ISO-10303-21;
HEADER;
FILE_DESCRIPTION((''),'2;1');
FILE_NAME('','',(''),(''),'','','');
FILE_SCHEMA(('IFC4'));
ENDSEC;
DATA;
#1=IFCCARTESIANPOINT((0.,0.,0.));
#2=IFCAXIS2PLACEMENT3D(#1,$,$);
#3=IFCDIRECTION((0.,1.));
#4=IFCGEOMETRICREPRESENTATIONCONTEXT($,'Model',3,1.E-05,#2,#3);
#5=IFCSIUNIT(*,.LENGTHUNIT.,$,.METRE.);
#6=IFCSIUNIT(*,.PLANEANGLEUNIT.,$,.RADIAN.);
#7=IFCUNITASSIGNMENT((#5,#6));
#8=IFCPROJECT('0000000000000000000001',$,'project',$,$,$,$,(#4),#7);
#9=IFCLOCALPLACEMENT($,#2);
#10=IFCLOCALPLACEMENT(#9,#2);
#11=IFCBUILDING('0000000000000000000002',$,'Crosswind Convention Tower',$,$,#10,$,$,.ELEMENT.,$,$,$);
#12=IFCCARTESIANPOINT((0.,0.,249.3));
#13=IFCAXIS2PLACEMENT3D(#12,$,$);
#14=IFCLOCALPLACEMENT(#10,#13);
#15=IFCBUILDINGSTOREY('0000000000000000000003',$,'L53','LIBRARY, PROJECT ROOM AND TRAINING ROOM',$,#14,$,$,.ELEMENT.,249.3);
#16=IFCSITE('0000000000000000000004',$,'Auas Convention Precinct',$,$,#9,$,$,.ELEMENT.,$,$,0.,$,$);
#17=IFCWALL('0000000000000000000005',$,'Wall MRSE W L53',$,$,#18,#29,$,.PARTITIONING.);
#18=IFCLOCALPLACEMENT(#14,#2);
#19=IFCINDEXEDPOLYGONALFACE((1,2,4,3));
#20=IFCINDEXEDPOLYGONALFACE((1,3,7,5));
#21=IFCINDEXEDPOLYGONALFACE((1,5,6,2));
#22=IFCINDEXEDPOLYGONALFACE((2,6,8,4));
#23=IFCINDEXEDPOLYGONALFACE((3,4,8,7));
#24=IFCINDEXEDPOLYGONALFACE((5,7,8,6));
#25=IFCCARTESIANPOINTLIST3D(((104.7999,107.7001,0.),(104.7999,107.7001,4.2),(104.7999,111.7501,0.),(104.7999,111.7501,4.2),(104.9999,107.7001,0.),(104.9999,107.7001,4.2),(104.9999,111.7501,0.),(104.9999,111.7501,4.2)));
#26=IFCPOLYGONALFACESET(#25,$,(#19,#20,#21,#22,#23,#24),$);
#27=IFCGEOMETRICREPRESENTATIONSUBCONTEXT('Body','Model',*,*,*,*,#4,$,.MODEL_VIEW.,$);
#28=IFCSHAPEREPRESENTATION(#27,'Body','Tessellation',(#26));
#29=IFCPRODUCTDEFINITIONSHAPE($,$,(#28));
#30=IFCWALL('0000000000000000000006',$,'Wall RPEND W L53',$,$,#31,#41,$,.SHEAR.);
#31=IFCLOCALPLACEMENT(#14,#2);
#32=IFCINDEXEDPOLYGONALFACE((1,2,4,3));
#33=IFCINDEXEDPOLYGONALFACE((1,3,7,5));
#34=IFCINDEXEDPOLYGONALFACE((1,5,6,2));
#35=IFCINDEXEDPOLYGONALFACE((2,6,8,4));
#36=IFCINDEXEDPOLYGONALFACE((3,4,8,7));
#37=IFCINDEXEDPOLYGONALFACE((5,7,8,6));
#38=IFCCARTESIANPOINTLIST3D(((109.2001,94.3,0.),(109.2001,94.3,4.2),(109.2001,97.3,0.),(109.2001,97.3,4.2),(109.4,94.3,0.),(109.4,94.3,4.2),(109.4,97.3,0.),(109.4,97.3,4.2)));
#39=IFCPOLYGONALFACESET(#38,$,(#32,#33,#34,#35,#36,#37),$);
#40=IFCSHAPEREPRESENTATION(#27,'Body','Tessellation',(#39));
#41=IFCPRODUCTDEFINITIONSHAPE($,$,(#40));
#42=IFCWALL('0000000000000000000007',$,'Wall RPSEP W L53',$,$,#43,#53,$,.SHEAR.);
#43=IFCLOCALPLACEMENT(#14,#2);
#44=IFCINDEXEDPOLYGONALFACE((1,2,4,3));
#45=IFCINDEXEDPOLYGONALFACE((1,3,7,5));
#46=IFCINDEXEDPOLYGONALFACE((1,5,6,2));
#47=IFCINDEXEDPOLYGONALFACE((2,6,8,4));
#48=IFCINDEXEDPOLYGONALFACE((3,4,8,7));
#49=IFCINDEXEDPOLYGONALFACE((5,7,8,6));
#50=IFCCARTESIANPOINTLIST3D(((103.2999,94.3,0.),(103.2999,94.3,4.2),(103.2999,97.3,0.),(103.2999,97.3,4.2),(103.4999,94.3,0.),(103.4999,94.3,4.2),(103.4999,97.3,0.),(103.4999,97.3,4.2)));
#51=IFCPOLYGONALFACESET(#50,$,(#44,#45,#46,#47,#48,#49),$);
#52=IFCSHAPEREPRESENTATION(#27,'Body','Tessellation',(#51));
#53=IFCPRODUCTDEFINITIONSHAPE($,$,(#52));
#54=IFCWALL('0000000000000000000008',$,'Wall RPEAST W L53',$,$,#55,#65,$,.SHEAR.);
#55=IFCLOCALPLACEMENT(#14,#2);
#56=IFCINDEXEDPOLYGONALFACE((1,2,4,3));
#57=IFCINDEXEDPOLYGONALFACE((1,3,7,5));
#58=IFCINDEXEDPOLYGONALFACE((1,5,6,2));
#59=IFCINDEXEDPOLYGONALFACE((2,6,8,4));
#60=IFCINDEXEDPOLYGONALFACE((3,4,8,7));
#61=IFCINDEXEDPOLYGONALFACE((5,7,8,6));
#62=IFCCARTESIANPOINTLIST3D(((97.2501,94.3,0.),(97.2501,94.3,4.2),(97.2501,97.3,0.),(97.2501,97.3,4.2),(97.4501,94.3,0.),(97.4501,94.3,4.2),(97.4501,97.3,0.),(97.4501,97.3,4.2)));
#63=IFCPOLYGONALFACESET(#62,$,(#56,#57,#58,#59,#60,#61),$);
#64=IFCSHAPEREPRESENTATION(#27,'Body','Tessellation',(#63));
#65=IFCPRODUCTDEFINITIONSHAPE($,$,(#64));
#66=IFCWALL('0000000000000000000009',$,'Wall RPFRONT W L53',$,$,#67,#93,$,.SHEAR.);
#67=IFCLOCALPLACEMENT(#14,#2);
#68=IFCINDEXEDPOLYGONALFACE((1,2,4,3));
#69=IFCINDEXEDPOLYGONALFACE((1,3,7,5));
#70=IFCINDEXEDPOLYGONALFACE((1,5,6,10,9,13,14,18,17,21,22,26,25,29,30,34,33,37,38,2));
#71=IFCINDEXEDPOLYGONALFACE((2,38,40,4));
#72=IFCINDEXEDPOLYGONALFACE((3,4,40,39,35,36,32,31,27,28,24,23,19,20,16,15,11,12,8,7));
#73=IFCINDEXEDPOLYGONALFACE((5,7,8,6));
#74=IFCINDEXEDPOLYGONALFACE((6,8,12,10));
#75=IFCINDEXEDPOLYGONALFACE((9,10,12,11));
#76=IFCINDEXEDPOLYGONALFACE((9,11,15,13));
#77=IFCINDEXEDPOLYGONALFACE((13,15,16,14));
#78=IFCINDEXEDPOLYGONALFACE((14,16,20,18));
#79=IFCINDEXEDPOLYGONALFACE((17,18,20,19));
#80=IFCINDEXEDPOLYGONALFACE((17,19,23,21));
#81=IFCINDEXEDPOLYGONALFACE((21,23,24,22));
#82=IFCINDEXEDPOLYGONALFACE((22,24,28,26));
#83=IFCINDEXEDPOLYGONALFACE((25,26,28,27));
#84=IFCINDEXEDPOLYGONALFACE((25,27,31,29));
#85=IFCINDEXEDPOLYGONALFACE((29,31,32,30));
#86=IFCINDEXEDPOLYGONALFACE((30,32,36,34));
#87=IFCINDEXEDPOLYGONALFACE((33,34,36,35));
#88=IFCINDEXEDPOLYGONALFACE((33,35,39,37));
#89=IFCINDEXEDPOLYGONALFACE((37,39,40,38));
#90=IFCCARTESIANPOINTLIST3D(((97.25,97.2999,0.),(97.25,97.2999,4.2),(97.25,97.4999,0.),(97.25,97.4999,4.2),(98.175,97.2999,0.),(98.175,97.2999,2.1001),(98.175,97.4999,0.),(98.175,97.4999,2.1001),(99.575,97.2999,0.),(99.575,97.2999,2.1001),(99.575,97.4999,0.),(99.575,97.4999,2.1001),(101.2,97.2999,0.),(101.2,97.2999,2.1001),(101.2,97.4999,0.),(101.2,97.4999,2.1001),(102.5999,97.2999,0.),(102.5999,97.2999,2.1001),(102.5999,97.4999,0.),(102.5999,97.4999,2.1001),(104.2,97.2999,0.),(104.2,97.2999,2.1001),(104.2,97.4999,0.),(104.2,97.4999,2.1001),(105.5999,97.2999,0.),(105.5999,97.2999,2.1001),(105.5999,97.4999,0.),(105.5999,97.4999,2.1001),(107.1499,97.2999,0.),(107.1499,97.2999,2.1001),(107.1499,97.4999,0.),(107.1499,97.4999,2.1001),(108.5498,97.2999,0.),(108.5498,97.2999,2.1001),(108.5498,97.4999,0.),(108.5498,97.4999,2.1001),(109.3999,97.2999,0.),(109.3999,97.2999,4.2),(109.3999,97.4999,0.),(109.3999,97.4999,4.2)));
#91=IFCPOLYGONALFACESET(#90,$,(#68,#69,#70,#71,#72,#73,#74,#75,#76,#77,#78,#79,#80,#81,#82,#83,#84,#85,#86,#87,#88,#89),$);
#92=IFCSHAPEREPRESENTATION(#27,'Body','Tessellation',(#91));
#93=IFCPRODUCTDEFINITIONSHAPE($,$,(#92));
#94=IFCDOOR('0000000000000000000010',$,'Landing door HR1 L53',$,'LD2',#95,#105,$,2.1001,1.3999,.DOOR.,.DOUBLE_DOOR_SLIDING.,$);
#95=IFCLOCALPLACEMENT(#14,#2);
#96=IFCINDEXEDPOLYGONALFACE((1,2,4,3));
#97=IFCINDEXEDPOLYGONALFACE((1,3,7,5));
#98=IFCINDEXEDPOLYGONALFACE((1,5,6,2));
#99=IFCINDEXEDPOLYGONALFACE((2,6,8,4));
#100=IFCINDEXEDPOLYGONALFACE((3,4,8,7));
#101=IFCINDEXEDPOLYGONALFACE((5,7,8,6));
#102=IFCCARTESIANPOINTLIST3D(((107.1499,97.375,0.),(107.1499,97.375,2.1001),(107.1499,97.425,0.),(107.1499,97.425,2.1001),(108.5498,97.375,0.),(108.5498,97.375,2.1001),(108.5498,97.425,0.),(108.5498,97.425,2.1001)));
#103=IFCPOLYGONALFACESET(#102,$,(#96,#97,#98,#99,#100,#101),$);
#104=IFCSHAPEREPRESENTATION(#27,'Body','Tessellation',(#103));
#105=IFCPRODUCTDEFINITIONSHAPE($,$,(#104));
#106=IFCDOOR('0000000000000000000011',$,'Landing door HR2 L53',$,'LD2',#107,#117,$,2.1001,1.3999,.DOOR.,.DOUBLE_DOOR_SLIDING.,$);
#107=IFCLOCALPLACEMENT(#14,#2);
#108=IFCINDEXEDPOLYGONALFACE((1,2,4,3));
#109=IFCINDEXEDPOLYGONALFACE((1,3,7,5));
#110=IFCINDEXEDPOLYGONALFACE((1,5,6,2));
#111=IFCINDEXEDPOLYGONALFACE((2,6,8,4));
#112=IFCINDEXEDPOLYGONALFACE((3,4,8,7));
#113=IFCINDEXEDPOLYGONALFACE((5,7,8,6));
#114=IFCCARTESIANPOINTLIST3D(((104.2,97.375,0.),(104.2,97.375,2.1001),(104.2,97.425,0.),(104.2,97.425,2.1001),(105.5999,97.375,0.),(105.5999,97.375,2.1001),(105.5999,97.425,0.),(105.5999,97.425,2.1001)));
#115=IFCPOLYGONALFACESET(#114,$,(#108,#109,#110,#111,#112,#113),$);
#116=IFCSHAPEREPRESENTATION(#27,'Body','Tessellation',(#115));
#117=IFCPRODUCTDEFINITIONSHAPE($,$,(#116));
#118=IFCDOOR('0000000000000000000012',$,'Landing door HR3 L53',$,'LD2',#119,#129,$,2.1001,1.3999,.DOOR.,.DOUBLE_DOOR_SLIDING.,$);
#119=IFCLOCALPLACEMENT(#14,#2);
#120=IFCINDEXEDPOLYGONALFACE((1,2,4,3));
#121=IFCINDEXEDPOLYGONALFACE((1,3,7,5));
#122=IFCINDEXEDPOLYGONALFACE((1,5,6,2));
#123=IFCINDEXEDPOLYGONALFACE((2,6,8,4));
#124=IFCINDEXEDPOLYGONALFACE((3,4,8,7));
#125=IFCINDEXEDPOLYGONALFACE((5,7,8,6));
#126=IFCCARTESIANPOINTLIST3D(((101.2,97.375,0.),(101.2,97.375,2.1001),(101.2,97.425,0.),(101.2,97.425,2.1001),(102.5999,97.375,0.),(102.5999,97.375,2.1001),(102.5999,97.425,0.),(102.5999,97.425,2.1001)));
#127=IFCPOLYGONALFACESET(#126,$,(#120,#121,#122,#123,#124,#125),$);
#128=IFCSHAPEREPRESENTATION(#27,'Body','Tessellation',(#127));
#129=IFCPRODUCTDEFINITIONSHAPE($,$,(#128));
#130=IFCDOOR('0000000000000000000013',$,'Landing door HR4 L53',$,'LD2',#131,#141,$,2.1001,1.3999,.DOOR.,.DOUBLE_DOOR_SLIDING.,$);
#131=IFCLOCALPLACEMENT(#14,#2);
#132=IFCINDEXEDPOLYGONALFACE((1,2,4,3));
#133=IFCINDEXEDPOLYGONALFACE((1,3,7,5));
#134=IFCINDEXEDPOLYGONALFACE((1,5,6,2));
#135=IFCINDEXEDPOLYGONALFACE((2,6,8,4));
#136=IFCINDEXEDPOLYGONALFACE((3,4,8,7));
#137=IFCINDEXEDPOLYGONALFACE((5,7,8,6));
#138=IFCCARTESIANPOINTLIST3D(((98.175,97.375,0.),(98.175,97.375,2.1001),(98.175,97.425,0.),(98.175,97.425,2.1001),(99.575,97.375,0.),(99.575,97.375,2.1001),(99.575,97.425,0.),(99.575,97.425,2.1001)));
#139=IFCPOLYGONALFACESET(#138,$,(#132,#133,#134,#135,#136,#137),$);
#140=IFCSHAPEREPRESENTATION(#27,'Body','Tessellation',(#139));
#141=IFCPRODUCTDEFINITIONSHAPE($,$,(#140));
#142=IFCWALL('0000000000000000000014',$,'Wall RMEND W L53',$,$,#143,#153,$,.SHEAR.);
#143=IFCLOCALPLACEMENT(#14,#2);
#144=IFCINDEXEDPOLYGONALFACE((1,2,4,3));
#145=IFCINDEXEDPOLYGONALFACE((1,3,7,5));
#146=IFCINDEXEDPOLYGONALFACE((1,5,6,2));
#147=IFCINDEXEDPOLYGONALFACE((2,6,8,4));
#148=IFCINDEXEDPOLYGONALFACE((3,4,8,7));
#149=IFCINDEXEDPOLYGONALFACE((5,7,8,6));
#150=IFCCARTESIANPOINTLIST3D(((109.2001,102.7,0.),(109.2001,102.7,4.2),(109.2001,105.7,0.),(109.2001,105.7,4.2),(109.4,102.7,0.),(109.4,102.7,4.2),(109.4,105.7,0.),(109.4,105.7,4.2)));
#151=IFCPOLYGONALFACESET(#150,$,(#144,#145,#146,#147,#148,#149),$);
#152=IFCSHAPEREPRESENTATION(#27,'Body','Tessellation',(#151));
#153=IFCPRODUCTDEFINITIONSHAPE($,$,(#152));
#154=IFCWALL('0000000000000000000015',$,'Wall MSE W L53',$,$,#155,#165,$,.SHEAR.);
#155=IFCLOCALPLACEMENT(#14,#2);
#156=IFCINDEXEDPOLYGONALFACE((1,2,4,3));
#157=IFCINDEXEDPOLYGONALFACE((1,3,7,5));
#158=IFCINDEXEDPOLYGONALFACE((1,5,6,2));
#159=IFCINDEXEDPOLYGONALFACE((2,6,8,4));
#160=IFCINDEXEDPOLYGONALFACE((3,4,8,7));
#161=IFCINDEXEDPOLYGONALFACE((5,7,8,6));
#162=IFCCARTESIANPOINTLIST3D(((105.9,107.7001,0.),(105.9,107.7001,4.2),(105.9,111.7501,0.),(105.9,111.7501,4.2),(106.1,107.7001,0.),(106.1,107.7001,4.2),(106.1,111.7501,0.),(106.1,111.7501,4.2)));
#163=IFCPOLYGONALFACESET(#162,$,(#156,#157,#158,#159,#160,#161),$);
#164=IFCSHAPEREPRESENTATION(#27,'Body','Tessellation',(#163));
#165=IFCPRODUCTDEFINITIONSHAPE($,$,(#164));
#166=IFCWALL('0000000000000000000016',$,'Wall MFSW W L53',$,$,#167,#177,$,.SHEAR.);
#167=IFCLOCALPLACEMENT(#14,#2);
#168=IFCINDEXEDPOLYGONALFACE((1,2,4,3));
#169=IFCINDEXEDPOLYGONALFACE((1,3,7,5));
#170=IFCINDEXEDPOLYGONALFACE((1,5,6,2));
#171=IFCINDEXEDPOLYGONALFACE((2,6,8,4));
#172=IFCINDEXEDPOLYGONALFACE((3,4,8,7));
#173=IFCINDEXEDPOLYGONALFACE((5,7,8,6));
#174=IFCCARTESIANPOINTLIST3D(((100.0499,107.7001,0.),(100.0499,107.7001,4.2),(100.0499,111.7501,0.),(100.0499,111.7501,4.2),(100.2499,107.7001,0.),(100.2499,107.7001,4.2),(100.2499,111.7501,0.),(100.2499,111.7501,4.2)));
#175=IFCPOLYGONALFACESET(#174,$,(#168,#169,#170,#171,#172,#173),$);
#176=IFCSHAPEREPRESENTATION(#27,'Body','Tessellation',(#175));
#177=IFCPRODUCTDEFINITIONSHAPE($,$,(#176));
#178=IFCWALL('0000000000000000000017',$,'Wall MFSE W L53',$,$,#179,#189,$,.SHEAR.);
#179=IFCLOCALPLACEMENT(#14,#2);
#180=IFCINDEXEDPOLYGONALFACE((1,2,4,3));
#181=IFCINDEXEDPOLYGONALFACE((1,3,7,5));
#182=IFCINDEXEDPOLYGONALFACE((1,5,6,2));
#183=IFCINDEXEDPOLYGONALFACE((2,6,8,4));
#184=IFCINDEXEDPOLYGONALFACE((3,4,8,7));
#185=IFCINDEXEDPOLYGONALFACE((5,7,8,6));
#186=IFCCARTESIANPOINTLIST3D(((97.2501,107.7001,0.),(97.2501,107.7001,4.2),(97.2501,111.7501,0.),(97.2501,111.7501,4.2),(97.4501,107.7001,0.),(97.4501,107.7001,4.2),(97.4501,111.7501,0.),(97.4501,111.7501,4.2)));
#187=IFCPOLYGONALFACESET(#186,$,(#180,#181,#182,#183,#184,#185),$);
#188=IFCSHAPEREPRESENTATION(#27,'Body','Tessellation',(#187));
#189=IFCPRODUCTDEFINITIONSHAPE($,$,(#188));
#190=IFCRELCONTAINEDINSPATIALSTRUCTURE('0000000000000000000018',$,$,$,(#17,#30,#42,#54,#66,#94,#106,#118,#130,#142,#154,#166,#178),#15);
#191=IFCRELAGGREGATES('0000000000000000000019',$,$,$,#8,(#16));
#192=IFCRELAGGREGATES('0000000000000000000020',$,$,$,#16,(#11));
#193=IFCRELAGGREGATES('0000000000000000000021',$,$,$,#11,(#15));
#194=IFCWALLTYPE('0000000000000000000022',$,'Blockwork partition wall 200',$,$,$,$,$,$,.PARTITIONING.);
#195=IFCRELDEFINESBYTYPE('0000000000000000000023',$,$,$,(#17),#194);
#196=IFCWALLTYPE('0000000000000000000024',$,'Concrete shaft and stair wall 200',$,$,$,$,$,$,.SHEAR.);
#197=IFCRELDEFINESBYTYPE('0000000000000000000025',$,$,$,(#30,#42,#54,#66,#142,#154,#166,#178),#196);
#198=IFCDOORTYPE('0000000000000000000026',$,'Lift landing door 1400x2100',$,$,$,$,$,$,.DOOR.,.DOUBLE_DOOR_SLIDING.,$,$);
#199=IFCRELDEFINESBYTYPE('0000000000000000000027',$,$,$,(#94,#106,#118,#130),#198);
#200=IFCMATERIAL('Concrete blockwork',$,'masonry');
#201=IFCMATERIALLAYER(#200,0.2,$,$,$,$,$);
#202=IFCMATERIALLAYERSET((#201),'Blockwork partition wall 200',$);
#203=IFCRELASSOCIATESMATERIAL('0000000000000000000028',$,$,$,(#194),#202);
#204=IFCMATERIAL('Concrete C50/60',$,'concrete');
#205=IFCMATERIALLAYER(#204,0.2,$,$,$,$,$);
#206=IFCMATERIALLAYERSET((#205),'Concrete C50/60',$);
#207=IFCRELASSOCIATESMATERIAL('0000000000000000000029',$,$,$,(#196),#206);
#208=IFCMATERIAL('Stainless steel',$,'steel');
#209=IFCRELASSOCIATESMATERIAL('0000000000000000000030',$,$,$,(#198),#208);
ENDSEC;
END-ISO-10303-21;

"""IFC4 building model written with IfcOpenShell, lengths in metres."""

from ifc_helpers import new_model, si_unit, direction, frame, frame_2d, origin, place, context, subcontext, project, spatial, rectangle, extrude, material, layer, layer_set, type_object, element, fill, save


model = new_model("IFC4")

# Units and contexts
model_context = context("Model", 3, precision=1e-05, world=origin(), true_north=direction((0.0, 1.0)))
body_context = subcontext(model_context, "Body", "Model", "MODEL_VIEW")
ifc_project = project(units=[si_unit("LENGTHUNIT", "METRE"), si_unit("PLANEANGLEUNIT", "RADIAN")], contexts=[model_context])

# Site, building, storey
site_placement = place(None, origin())
site = spatial("IfcSite", under=ifc_project, at=site_placement, Name="Auas Convention Precinct", CompositionType="ELEMENT", RefElevation=0.0)
building_placement = place(site_placement, origin())
building = spatial("IfcBuilding", under=site, at=building_placement, Name="Crosswind Convention Tower", CompositionType="ELEMENT")
storey_placement = place(building_placement, frame((0.0, 0.0, 249.3)))
storey = spatial("IfcBuildingStorey", under=building, at=storey_placement, Name="L53", Description="LIBRARY, PROJECT ROOM AND TRAINING ROOM", CompositionType="ELEMENT", Elevation=249.3)

# Walls
ifc_material_1 = material(Name="Concrete blockwork", Category="masonry")
ifc_layer_1 = layer(ifc_material_1, 0.2)
ifc_layer_set_1 = layer_set([ifc_layer_1], Name="Blockwork partition wall 200")
wall_type_1 = type_object("IfcWallType", Name="Blockwork partition wall 200", PredefinedType="PARTITIONING", material=ifc_layer_set_1)
wall_1_placement = place(storey_placement, frame((104.8999, 111.75, 0.0), z_axis=(0.0, 0.0, 1.0), x_axis=(0.0, -1.0, 0.0)))
element("IfcWall", 1, at=wall_1_placement, inside=storey, type_object=wall_type_1, Name="Wall MRSE W L53", PredefinedType="PARTITIONING", context=body_context, shape_type="SweptSolid", body=[
    extrude(rectangle(XDim=4.05, YDim=0.2, at=frame_2d((2.0249, 0.0))), origin(), (0.0, 0.0, 1.0), 4.2),
])
ifc_material_2 = material(Name="Concrete C50/60", Category="concrete")
ifc_layer_2 = layer(ifc_material_2, 0.2)
ifc_layer_set_2 = layer_set([ifc_layer_2], Name="Concrete C50/60")
wall_type_2 = type_object("IfcWallType", Name="Concrete shaft and stair wall 200", PredefinedType="SHEAR", material=ifc_layer_set_2)
for number, where, z_axis, x_axis, name in (
    (2, (109.3, 97.3, 0.0), (0.0, 0.0, 1.0), (0.0, -1.0, 0.0), "Wall RPEND W L53"),
    (3, (103.3999, 97.3, 0.0), (0.0, 0.0, 1.0), (0.0, -1.0, 0.0), "Wall RPSEP W L53"),
    (4, (97.3501, 97.3, 0.0), (0.0, 0.0, 1.0), (0.0, -1.0, 0.0), "Wall RPEAST W L53"),
):
    element("IfcWall", number, at=place(storey_placement, frame(where, z_axis=z_axis, x_axis=x_axis)), inside=storey, type_object=wall_type_2, Name=name, PredefinedType="SHEAR", context=body_context, shape_type="SweptSolid", body=[
        extrude(rectangle(XDim=3.0, YDim=0.2, at=frame_2d((1.5, 0.0))), origin(), (0.0, 0.0, 1.0), 4.2),
    ])

# Wall, openings, doors
wall_2_placement = place(storey_placement, frame((109.3999, 97.3999, 0.0), z_axis=(0.0, 0.0, 1.0), x_axis=(-1.0, 0.0, 0.0)))
wall_2 = element("IfcWall", 5, at=wall_2_placement, inside=storey, type_object=wall_type_2, Name="Wall RPFRONT W L53", PredefinedType="SHEAR", context=body_context, shape_type="SweptSolid", body=[
    extrude(rectangle(XDim=12.1499, YDim=0.2, at=frame_2d((6.075, 0.0))), origin(), (0.0, 0.0, 1.0), 4.2),
])
opening_1_placement = place(wall_2_placement, frame((0.8501, 0.0, 0.0)))
opening_1 = element("IfcOpeningElement", 6, at=opening_1_placement, cuts=wall_2, PredefinedType="OPENING", context=body_context, shape_type="SweptSolid", body=[
    extrude(rectangle(XDim=1.3999, YDim=2.1001, at=frame_2d((0.7, 1.05))), frame((0.0, 0.1099, 0.0), z_axis=(0.0, -1.0, 0.0), x_axis=(1.0, 0.0, 0.0)), (0.0, 0.0, 1.0), 0.22),
])
opening_2_placement = place(wall_2_placement, frame((3.8, 0.0, 0.0)))
opening_2 = element("IfcOpeningElement", 7, at=opening_2_placement, cuts=wall_2, PredefinedType="OPENING", context=body_context, shape_type="SweptSolid", body=[
    extrude(rectangle(XDim=1.3999, YDim=2.1001, at=frame_2d((0.7, 1.05))), frame((0.0, 0.1099, 0.0), z_axis=(0.0, -1.0, 0.0), x_axis=(1.0, 0.0, 0.0)), (0.0, 0.0, 1.0), 0.22),
])
opening_3_placement = place(wall_2_placement, frame((6.8, 0.0, 0.0)))
opening_3 = element("IfcOpeningElement", 8, at=opening_3_placement, cuts=wall_2, PredefinedType="OPENING", context=body_context, shape_type="SweptSolid", body=[
    extrude(rectangle(XDim=1.3999, YDim=2.1001, at=frame_2d((0.7, 1.05))), frame((0.0, 0.1099, 0.0), z_axis=(0.0, -1.0, 0.0), x_axis=(1.0, 0.0, 0.0)), (0.0, 0.0, 1.0), 0.22),
])
opening_4_placement = place(wall_2_placement, frame((9.825, 0.0, 0.0)))
opening_4 = element("IfcOpeningElement", 9, at=opening_4_placement, cuts=wall_2, PredefinedType="OPENING", context=body_context, shape_type="SweptSolid", body=[
    extrude(rectangle(XDim=1.3999, YDim=2.1001, at=frame_2d((0.7, 1.05))), frame((0.0, 0.1099, 0.0), z_axis=(0.0, -1.0, 0.0), x_axis=(1.0, 0.0, 0.0)), (0.0, 0.0, 1.0), 0.22),
])
ifc_material_3 = material(Name="Stainless steel", Category="steel")
door_type_1 = type_object("IfcDoorType", Name="Lift landing door 1400x2100", OperationType="DOUBLE_DOOR_SLIDING", PredefinedType="DOOR", material=ifc_material_3)
door_1_placement = place(opening_1_placement, origin())
door_1 = element("IfcDoor", 10, at=door_1_placement, inside=storey, type_object=door_type_1, Name="Landing door HR1 L53", ObjectType="LD2", OperationType="DOUBLE_DOOR_SLIDING", OverallHeight=2.1001, OverallWidth=1.3999, PredefinedType="DOOR", context=body_context, shape_type="SweptSolid", body=[
    extrude(rectangle(XDim=1.3999, YDim=2.1001, at=frame_2d((0.7, 1.05))), frame((0.0, 0.0249, 0.0), z_axis=(0.0, -1.0, 0.0), x_axis=(1.0, 0.0, 0.0)), (0.0, 0.0, 1.0), 0.05),
])
fill(opening_1, door_1)
door_2_placement = place(opening_2_placement, origin())
door_2 = element("IfcDoor", 11, at=door_2_placement, inside=storey, type_object=door_type_1, Name="Landing door HR2 L53", ObjectType="LD2", OperationType="DOUBLE_DOOR_SLIDING", OverallHeight=2.1001, OverallWidth=1.3999, PredefinedType="DOOR", context=body_context, shape_type="SweptSolid", body=[
    extrude(rectangle(XDim=1.3999, YDim=2.1001, at=frame_2d((0.7, 1.05))), frame((0.0, 0.0249, 0.0), z_axis=(0.0, -1.0, 0.0), x_axis=(1.0, 0.0, 0.0)), (0.0, 0.0, 1.0), 0.05),
])
fill(opening_2, door_2)
door_3_placement = place(opening_3_placement, origin())
door_3 = element("IfcDoor", 12, at=door_3_placement, inside=storey, type_object=door_type_1, Name="Landing door HR3 L53", ObjectType="LD2", OperationType="DOUBLE_DOOR_SLIDING", OverallHeight=2.1001, OverallWidth=1.3999, PredefinedType="DOOR", context=body_context, shape_type="SweptSolid", body=[
    extrude(rectangle(XDim=1.3999, YDim=2.1001, at=frame_2d((0.7, 1.05))), frame((0.0, 0.0249, 0.0), z_axis=(0.0, -1.0, 0.0), x_axis=(1.0, 0.0, 0.0)), (0.0, 0.0, 1.0), 0.05),
])
fill(opening_3, door_3)
door_4_placement = place(opening_4_placement, origin())
door_4 = element("IfcDoor", 13, at=door_4_placement, inside=storey, type_object=door_type_1, Name="Landing door HR4 L53", ObjectType="LD2", OperationType="DOUBLE_DOOR_SLIDING", OverallHeight=2.1001, OverallWidth=1.3999, PredefinedType="DOOR", context=body_context, shape_type="SweptSolid", body=[
    extrude(rectangle(XDim=1.3999, YDim=2.1001, at=frame_2d((0.7, 1.05))), frame((0.0, 0.0249, 0.0), z_axis=(0.0, -1.0, 0.0), x_axis=(1.0, 0.0, 0.0)), (0.0, 0.0, 1.0), 0.05),
])
fill(opening_4, door_4)

# Walls
wall_3_placement = place(storey_placement, frame((109.3, 105.7, 0.0), z_axis=(0.0, 0.0, 1.0), x_axis=(0.0, -1.0, 0.0)))
element("IfcWall", 14, at=wall_3_placement, inside=storey, type_object=wall_type_2, Name="Wall RMEND W L53", PredefinedType="SHEAR", context=body_context, shape_type="SweptSolid", body=[
    extrude(rectangle(XDim=3.0, YDim=0.2, at=frame_2d((1.5, 0.0))), origin(), (0.0, 0.0, 1.0), 4.2),
])
for number, where, z_axis, x_axis, name in (
    (15, (106.0, 111.75, 0.0), (0.0, 0.0, 1.0), (0.0, -1.0, 0.0), "Wall MSE W L53"),
    (16, (100.1499, 111.75, 0.0), (0.0, 0.0, 1.0), (0.0, -1.0, 0.0), "Wall MFSW W L53"),
    (17, (97.3501, 111.75, 0.0), (0.0, 0.0, 1.0), (0.0, -1.0, 0.0), "Wall MFSE W L53"),
):
    element("IfcWall", number, at=place(storey_placement, frame(where, z_axis=z_axis, x_axis=x_axis)), inside=storey, type_object=wall_type_2, Name=name, PredefinedType="SHEAR", context=body_context, shape_type="SweptSolid", body=[
        extrude(rectangle(XDim=4.05, YDim=0.2, at=frame_2d((2.0249, 0.0))), origin(), (0.0, 0.0, 1.0), 4.2),
    ])

save(model, "model.ifc")
